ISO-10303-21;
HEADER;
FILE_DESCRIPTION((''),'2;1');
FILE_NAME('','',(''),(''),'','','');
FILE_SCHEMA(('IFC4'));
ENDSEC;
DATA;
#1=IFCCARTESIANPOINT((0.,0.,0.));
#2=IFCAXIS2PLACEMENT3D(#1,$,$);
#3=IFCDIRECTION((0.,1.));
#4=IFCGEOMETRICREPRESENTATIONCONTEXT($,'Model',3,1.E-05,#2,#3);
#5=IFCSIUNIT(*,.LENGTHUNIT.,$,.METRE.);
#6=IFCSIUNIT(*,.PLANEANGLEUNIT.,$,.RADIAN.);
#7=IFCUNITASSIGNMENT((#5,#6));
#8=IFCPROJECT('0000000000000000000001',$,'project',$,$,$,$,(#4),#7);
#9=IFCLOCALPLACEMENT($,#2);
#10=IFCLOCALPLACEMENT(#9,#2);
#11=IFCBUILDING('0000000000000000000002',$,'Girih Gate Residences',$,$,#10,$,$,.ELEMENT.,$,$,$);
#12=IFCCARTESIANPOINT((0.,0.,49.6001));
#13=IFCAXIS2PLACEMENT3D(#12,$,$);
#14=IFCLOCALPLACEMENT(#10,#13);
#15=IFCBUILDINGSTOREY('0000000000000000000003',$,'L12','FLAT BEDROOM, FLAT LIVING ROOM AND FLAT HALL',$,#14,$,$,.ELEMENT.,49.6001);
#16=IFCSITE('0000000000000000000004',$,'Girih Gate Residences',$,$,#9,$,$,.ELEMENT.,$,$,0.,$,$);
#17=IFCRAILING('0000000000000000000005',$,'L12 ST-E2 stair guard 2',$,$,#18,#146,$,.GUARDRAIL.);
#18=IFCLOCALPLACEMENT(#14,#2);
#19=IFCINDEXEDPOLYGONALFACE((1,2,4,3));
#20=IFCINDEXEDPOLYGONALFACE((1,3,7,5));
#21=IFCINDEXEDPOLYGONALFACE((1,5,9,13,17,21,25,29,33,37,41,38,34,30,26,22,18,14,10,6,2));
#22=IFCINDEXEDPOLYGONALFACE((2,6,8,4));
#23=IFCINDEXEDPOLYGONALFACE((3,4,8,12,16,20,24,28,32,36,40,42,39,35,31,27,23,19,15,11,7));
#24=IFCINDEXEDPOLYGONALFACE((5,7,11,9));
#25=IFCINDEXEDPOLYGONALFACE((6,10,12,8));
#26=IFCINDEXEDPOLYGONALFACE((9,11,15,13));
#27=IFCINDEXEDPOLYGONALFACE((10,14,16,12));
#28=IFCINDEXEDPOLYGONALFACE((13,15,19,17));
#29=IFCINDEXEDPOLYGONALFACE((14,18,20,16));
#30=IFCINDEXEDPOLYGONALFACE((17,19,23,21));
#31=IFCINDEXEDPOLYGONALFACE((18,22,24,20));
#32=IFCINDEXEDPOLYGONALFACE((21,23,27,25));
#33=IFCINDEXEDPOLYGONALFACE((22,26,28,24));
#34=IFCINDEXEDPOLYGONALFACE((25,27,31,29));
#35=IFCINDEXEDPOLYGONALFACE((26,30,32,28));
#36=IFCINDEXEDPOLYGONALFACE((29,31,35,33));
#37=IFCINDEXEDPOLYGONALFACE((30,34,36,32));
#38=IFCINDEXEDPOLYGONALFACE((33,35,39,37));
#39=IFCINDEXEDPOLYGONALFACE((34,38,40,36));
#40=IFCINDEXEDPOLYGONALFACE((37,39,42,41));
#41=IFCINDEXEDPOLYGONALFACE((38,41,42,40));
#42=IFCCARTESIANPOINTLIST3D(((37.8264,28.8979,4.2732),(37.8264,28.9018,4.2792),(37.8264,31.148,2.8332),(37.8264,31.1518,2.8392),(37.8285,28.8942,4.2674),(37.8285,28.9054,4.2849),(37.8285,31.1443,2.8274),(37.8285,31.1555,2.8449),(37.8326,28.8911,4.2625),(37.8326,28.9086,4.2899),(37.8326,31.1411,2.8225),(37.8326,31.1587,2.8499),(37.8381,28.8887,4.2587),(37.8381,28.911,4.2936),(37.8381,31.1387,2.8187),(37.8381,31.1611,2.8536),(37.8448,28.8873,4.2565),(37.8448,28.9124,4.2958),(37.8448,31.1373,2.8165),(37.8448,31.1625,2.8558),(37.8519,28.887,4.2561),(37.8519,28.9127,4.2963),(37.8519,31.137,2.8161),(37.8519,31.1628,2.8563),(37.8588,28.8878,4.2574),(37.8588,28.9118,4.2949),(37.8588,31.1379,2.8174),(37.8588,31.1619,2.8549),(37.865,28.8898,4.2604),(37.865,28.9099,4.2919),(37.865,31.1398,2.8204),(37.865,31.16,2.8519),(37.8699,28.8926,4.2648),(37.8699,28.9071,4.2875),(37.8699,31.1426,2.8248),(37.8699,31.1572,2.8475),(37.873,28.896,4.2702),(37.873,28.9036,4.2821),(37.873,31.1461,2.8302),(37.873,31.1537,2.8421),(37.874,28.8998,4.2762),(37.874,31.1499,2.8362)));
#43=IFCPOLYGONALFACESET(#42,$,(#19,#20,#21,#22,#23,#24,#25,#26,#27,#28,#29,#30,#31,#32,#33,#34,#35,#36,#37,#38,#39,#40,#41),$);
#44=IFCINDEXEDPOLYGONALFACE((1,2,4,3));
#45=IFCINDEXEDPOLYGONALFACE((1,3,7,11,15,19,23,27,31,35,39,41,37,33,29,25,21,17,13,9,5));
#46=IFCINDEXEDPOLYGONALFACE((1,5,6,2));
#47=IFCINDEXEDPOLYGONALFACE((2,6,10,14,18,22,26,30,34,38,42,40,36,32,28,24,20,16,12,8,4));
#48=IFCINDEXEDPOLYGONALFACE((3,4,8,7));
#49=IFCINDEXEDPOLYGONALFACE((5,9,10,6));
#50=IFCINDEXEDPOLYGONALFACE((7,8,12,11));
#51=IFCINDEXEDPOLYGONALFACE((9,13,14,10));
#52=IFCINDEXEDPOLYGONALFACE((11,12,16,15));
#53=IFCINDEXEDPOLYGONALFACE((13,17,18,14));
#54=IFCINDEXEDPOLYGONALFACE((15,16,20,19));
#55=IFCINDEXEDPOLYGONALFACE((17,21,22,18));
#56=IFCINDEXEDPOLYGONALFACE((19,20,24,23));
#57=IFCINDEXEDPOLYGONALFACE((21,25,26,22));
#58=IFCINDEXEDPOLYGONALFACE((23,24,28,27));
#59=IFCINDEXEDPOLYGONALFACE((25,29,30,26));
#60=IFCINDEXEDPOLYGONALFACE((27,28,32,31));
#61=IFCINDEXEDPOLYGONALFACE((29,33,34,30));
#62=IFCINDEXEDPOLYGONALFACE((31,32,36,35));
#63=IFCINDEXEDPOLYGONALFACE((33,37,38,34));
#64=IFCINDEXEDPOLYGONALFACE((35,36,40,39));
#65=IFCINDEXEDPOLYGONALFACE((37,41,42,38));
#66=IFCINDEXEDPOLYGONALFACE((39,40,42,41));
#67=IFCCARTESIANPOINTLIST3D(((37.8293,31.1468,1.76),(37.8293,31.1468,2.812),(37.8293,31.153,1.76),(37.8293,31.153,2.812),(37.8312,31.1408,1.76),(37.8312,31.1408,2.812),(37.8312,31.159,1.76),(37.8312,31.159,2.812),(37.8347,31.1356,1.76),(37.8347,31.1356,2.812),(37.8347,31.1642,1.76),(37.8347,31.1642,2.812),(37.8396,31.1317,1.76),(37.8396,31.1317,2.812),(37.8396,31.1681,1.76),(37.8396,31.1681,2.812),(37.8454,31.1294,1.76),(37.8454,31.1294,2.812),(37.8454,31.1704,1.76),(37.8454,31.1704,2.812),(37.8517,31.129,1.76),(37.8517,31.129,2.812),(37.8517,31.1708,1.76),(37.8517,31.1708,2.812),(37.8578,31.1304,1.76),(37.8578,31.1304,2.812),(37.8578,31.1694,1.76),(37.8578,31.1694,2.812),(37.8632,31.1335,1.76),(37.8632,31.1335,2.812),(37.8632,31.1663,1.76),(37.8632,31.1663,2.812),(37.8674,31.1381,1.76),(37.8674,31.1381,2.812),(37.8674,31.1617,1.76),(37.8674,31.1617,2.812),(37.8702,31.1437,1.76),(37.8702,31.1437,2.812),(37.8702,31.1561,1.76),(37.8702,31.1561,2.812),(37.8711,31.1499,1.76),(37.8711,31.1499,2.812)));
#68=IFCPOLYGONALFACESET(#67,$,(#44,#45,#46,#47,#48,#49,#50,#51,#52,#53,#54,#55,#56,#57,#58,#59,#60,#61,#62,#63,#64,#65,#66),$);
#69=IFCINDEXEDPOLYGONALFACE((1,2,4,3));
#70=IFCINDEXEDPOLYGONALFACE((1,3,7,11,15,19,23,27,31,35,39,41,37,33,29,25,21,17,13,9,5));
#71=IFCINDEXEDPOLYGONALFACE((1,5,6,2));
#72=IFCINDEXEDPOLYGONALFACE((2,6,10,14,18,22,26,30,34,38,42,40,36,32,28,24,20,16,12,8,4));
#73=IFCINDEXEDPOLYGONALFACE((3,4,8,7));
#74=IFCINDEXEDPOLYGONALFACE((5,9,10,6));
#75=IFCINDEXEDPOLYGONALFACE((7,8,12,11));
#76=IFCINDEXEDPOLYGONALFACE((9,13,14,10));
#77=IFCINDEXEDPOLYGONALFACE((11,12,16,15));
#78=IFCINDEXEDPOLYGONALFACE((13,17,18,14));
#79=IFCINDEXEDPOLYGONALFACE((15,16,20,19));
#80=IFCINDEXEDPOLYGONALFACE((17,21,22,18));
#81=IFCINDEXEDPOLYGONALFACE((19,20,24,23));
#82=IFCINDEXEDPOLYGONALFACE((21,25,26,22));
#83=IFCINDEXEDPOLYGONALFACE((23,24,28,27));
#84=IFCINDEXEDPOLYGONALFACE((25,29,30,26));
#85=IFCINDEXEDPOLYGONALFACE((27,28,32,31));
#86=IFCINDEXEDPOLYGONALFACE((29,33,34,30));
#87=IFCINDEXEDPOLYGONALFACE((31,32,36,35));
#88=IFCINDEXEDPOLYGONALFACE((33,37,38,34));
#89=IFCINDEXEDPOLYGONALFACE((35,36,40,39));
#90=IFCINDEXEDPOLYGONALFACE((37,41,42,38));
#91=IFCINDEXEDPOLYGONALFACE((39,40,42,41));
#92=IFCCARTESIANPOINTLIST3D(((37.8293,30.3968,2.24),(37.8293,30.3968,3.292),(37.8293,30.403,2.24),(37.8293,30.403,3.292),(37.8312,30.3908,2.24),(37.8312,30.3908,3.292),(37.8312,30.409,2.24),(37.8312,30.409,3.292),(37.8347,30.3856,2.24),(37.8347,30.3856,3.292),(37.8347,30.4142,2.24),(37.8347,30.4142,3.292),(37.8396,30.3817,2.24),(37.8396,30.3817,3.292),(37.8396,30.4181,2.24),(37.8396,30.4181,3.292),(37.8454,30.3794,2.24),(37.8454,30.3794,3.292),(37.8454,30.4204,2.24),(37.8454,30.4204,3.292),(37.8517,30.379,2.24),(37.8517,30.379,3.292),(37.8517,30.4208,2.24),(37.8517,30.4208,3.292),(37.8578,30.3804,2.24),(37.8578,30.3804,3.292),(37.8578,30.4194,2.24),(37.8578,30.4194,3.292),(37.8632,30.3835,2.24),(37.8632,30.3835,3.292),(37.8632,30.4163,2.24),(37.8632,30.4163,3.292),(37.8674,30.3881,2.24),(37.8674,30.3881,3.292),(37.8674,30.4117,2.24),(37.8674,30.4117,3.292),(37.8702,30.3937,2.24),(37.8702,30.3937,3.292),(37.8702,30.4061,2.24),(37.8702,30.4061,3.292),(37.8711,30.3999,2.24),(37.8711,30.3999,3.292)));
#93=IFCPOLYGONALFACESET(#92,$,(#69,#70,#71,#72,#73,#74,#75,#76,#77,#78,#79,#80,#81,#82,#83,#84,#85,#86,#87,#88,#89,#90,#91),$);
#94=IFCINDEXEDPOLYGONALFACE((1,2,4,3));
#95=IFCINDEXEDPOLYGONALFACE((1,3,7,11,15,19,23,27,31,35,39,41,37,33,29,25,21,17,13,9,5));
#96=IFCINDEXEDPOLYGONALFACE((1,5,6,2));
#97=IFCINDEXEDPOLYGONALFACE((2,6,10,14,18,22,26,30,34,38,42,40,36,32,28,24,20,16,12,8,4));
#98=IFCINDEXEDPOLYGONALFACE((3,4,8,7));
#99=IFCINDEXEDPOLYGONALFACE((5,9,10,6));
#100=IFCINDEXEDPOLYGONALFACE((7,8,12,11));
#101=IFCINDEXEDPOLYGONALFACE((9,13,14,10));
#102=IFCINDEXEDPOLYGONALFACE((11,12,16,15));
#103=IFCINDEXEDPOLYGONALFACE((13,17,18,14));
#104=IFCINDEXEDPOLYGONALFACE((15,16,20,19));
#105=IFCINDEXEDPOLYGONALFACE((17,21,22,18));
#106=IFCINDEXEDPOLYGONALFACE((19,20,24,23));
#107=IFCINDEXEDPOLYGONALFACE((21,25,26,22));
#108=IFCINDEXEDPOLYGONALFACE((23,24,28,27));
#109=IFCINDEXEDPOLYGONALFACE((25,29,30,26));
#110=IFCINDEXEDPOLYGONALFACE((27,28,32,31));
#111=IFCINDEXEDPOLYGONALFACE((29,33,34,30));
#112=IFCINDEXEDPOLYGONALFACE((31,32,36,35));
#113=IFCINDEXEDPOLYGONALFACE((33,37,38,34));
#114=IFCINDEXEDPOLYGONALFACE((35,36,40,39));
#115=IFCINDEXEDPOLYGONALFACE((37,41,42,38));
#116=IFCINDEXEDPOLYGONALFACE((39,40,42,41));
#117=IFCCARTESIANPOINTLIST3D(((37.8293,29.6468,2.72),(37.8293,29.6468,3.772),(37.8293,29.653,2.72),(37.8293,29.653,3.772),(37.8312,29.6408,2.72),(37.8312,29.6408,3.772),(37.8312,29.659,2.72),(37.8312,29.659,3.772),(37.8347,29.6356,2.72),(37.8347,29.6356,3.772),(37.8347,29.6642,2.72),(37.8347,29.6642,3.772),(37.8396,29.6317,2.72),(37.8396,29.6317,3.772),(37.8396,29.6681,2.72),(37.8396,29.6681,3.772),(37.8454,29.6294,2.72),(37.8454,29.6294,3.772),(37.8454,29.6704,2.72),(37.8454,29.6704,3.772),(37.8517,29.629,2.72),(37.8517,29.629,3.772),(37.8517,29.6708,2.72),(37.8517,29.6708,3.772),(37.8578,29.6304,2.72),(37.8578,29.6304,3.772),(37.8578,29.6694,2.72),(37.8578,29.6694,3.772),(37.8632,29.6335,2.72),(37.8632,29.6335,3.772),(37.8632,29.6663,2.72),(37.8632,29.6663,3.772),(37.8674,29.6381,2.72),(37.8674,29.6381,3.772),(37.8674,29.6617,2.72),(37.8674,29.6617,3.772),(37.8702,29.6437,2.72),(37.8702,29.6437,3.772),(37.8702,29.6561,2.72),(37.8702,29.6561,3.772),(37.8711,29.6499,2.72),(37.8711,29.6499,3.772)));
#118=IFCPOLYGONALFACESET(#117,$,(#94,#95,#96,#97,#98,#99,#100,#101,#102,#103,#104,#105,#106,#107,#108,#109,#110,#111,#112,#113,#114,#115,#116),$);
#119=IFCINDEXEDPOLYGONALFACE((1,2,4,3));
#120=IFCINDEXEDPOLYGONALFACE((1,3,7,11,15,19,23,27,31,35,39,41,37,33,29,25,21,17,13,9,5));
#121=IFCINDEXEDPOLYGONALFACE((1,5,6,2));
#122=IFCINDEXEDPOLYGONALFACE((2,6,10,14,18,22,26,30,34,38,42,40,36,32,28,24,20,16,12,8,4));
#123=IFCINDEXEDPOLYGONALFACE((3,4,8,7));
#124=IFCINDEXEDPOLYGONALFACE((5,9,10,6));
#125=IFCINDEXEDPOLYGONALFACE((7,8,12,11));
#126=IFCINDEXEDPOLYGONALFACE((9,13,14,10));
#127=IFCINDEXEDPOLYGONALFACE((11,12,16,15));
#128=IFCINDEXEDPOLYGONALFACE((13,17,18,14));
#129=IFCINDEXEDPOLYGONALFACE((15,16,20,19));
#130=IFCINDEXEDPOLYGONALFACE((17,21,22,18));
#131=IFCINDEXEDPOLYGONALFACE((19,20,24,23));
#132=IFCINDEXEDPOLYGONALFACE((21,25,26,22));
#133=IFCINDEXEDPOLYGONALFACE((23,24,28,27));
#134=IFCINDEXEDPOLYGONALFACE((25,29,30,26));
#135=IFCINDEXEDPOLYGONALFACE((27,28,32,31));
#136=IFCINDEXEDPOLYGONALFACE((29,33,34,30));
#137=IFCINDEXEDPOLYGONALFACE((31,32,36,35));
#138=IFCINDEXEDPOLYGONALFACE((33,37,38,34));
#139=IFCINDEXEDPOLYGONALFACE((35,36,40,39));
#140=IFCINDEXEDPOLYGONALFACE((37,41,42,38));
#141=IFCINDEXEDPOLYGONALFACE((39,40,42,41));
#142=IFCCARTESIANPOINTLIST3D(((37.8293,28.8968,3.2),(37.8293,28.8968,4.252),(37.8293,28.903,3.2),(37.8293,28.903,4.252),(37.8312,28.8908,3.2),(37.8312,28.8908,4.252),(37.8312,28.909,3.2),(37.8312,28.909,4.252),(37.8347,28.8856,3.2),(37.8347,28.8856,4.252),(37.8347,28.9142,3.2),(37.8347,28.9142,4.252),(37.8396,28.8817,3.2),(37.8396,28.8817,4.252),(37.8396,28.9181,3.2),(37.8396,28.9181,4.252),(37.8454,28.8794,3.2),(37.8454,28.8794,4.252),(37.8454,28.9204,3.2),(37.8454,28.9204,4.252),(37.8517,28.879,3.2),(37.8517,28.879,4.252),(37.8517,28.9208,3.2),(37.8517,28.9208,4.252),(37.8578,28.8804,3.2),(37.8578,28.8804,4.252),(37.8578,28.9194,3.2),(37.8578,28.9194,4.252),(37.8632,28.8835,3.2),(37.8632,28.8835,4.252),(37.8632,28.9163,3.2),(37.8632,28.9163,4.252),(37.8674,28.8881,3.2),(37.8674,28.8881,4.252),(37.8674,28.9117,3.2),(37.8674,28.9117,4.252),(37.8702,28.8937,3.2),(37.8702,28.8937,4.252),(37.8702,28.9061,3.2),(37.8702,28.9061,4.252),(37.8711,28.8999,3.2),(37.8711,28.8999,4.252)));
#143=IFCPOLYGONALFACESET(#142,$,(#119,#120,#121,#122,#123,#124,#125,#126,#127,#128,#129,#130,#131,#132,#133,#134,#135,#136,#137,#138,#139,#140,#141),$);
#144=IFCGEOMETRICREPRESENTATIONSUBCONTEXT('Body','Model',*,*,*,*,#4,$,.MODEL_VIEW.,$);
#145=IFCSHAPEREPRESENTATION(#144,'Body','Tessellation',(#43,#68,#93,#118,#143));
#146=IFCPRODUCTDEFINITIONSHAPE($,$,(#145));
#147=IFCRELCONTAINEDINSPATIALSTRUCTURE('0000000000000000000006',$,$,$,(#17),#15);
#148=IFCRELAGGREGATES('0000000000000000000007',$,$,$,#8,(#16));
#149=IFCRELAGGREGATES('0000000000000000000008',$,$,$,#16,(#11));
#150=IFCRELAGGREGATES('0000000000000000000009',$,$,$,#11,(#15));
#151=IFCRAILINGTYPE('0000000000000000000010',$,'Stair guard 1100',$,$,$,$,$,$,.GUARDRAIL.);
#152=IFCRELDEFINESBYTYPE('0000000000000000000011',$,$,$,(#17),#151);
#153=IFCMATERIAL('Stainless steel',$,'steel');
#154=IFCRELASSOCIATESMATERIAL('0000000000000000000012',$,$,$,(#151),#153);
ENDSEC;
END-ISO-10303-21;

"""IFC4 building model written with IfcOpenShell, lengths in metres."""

from ifc_helpers import new_model, si_unit, direction, frame, origin, origin_2d, place, context, subcontext, project, spatial, circle, extrude, material, type_object, element, save


model = new_model("IFC4")

# Units and contexts
model_context = context("Model", 3, precision=1e-05, world=origin(), true_north=direction((0.0, 1.0)))
body_context = subcontext(model_context, "Body", "Model", "MODEL_VIEW")
ifc_project = project(units=[si_unit("LENGTHUNIT", "METRE"), si_unit("PLANEANGLEUNIT", "RADIAN")], contexts=[model_context])

# Site, building, storey
site_placement = place(None, origin())
site = spatial("IfcSite", under=ifc_project, at=site_placement, Name="Girih Gate Residences", CompositionType="ELEMENT", RefElevation=0.0)
building_placement = place(site_placement, origin())
building = spatial("IfcBuilding", under=site, at=building_placement, Name="Girih Gate Residences", CompositionType="ELEMENT")
storey_placement = place(building_placement, frame((0.0, 0.0, 49.6001)))
storey = spatial("IfcBuildingStorey", under=building, at=storey_placement, Name="L12", Description="FLAT BEDROOM, FLAT LIVING ROOM AND FLAT HALL", CompositionType="ELEMENT", Elevation=49.6001)

# Shared definitions
ifc_material_1 = material(Name="Stainless steel", Category="steel")

# Railing
railing_type_1 = type_object("IfcRailingType", Name="Stair guard 1100", PredefinedType="GUARDRAIL", material=ifc_material_1)
railing_1_placement = place(storey_placement, frame((37.8501, 31.1499, 1.76)))
element("IfcRailing", 1, at=railing_1_placement, inside=storey, type_object=railing_type_1, Name="L12 ST-E2 stair guard 2", PredefinedType="GUARDRAIL", context=body_context, shape_type="SweptSolid", body=[
    extrude(circle(Radius=0.0239, at=origin_2d()), frame((0.0, 0.0, 1.0762), z_axis=(0.0, -0.842281, 0.539038), x_axis=(1.0, 0.0, 0.0)), (0.0, 0.0, 1.0), 2.6714),
    extrude(circle(Radius=0.021, at=origin_2d()), origin(), (0.0, 0.0, 1.0), 1.052),
    extrude(circle(Radius=0.021, at=origin_2d()), frame((0.0, -0.75, 0.48)), (0.0, 0.0, 1.0), 1.052),
    extrude(circle(Radius=0.021, at=origin_2d()), frame((0.0, -1.5, 0.96)), (0.0, 0.0, 1.0), 1.052),
    extrude(circle(Radius=0.021, at=origin_2d()), frame((0.0, -2.25, 1.4399)), (0.0, 0.0, 1.0), 1.052),
])

save(model, "model.ifc")
